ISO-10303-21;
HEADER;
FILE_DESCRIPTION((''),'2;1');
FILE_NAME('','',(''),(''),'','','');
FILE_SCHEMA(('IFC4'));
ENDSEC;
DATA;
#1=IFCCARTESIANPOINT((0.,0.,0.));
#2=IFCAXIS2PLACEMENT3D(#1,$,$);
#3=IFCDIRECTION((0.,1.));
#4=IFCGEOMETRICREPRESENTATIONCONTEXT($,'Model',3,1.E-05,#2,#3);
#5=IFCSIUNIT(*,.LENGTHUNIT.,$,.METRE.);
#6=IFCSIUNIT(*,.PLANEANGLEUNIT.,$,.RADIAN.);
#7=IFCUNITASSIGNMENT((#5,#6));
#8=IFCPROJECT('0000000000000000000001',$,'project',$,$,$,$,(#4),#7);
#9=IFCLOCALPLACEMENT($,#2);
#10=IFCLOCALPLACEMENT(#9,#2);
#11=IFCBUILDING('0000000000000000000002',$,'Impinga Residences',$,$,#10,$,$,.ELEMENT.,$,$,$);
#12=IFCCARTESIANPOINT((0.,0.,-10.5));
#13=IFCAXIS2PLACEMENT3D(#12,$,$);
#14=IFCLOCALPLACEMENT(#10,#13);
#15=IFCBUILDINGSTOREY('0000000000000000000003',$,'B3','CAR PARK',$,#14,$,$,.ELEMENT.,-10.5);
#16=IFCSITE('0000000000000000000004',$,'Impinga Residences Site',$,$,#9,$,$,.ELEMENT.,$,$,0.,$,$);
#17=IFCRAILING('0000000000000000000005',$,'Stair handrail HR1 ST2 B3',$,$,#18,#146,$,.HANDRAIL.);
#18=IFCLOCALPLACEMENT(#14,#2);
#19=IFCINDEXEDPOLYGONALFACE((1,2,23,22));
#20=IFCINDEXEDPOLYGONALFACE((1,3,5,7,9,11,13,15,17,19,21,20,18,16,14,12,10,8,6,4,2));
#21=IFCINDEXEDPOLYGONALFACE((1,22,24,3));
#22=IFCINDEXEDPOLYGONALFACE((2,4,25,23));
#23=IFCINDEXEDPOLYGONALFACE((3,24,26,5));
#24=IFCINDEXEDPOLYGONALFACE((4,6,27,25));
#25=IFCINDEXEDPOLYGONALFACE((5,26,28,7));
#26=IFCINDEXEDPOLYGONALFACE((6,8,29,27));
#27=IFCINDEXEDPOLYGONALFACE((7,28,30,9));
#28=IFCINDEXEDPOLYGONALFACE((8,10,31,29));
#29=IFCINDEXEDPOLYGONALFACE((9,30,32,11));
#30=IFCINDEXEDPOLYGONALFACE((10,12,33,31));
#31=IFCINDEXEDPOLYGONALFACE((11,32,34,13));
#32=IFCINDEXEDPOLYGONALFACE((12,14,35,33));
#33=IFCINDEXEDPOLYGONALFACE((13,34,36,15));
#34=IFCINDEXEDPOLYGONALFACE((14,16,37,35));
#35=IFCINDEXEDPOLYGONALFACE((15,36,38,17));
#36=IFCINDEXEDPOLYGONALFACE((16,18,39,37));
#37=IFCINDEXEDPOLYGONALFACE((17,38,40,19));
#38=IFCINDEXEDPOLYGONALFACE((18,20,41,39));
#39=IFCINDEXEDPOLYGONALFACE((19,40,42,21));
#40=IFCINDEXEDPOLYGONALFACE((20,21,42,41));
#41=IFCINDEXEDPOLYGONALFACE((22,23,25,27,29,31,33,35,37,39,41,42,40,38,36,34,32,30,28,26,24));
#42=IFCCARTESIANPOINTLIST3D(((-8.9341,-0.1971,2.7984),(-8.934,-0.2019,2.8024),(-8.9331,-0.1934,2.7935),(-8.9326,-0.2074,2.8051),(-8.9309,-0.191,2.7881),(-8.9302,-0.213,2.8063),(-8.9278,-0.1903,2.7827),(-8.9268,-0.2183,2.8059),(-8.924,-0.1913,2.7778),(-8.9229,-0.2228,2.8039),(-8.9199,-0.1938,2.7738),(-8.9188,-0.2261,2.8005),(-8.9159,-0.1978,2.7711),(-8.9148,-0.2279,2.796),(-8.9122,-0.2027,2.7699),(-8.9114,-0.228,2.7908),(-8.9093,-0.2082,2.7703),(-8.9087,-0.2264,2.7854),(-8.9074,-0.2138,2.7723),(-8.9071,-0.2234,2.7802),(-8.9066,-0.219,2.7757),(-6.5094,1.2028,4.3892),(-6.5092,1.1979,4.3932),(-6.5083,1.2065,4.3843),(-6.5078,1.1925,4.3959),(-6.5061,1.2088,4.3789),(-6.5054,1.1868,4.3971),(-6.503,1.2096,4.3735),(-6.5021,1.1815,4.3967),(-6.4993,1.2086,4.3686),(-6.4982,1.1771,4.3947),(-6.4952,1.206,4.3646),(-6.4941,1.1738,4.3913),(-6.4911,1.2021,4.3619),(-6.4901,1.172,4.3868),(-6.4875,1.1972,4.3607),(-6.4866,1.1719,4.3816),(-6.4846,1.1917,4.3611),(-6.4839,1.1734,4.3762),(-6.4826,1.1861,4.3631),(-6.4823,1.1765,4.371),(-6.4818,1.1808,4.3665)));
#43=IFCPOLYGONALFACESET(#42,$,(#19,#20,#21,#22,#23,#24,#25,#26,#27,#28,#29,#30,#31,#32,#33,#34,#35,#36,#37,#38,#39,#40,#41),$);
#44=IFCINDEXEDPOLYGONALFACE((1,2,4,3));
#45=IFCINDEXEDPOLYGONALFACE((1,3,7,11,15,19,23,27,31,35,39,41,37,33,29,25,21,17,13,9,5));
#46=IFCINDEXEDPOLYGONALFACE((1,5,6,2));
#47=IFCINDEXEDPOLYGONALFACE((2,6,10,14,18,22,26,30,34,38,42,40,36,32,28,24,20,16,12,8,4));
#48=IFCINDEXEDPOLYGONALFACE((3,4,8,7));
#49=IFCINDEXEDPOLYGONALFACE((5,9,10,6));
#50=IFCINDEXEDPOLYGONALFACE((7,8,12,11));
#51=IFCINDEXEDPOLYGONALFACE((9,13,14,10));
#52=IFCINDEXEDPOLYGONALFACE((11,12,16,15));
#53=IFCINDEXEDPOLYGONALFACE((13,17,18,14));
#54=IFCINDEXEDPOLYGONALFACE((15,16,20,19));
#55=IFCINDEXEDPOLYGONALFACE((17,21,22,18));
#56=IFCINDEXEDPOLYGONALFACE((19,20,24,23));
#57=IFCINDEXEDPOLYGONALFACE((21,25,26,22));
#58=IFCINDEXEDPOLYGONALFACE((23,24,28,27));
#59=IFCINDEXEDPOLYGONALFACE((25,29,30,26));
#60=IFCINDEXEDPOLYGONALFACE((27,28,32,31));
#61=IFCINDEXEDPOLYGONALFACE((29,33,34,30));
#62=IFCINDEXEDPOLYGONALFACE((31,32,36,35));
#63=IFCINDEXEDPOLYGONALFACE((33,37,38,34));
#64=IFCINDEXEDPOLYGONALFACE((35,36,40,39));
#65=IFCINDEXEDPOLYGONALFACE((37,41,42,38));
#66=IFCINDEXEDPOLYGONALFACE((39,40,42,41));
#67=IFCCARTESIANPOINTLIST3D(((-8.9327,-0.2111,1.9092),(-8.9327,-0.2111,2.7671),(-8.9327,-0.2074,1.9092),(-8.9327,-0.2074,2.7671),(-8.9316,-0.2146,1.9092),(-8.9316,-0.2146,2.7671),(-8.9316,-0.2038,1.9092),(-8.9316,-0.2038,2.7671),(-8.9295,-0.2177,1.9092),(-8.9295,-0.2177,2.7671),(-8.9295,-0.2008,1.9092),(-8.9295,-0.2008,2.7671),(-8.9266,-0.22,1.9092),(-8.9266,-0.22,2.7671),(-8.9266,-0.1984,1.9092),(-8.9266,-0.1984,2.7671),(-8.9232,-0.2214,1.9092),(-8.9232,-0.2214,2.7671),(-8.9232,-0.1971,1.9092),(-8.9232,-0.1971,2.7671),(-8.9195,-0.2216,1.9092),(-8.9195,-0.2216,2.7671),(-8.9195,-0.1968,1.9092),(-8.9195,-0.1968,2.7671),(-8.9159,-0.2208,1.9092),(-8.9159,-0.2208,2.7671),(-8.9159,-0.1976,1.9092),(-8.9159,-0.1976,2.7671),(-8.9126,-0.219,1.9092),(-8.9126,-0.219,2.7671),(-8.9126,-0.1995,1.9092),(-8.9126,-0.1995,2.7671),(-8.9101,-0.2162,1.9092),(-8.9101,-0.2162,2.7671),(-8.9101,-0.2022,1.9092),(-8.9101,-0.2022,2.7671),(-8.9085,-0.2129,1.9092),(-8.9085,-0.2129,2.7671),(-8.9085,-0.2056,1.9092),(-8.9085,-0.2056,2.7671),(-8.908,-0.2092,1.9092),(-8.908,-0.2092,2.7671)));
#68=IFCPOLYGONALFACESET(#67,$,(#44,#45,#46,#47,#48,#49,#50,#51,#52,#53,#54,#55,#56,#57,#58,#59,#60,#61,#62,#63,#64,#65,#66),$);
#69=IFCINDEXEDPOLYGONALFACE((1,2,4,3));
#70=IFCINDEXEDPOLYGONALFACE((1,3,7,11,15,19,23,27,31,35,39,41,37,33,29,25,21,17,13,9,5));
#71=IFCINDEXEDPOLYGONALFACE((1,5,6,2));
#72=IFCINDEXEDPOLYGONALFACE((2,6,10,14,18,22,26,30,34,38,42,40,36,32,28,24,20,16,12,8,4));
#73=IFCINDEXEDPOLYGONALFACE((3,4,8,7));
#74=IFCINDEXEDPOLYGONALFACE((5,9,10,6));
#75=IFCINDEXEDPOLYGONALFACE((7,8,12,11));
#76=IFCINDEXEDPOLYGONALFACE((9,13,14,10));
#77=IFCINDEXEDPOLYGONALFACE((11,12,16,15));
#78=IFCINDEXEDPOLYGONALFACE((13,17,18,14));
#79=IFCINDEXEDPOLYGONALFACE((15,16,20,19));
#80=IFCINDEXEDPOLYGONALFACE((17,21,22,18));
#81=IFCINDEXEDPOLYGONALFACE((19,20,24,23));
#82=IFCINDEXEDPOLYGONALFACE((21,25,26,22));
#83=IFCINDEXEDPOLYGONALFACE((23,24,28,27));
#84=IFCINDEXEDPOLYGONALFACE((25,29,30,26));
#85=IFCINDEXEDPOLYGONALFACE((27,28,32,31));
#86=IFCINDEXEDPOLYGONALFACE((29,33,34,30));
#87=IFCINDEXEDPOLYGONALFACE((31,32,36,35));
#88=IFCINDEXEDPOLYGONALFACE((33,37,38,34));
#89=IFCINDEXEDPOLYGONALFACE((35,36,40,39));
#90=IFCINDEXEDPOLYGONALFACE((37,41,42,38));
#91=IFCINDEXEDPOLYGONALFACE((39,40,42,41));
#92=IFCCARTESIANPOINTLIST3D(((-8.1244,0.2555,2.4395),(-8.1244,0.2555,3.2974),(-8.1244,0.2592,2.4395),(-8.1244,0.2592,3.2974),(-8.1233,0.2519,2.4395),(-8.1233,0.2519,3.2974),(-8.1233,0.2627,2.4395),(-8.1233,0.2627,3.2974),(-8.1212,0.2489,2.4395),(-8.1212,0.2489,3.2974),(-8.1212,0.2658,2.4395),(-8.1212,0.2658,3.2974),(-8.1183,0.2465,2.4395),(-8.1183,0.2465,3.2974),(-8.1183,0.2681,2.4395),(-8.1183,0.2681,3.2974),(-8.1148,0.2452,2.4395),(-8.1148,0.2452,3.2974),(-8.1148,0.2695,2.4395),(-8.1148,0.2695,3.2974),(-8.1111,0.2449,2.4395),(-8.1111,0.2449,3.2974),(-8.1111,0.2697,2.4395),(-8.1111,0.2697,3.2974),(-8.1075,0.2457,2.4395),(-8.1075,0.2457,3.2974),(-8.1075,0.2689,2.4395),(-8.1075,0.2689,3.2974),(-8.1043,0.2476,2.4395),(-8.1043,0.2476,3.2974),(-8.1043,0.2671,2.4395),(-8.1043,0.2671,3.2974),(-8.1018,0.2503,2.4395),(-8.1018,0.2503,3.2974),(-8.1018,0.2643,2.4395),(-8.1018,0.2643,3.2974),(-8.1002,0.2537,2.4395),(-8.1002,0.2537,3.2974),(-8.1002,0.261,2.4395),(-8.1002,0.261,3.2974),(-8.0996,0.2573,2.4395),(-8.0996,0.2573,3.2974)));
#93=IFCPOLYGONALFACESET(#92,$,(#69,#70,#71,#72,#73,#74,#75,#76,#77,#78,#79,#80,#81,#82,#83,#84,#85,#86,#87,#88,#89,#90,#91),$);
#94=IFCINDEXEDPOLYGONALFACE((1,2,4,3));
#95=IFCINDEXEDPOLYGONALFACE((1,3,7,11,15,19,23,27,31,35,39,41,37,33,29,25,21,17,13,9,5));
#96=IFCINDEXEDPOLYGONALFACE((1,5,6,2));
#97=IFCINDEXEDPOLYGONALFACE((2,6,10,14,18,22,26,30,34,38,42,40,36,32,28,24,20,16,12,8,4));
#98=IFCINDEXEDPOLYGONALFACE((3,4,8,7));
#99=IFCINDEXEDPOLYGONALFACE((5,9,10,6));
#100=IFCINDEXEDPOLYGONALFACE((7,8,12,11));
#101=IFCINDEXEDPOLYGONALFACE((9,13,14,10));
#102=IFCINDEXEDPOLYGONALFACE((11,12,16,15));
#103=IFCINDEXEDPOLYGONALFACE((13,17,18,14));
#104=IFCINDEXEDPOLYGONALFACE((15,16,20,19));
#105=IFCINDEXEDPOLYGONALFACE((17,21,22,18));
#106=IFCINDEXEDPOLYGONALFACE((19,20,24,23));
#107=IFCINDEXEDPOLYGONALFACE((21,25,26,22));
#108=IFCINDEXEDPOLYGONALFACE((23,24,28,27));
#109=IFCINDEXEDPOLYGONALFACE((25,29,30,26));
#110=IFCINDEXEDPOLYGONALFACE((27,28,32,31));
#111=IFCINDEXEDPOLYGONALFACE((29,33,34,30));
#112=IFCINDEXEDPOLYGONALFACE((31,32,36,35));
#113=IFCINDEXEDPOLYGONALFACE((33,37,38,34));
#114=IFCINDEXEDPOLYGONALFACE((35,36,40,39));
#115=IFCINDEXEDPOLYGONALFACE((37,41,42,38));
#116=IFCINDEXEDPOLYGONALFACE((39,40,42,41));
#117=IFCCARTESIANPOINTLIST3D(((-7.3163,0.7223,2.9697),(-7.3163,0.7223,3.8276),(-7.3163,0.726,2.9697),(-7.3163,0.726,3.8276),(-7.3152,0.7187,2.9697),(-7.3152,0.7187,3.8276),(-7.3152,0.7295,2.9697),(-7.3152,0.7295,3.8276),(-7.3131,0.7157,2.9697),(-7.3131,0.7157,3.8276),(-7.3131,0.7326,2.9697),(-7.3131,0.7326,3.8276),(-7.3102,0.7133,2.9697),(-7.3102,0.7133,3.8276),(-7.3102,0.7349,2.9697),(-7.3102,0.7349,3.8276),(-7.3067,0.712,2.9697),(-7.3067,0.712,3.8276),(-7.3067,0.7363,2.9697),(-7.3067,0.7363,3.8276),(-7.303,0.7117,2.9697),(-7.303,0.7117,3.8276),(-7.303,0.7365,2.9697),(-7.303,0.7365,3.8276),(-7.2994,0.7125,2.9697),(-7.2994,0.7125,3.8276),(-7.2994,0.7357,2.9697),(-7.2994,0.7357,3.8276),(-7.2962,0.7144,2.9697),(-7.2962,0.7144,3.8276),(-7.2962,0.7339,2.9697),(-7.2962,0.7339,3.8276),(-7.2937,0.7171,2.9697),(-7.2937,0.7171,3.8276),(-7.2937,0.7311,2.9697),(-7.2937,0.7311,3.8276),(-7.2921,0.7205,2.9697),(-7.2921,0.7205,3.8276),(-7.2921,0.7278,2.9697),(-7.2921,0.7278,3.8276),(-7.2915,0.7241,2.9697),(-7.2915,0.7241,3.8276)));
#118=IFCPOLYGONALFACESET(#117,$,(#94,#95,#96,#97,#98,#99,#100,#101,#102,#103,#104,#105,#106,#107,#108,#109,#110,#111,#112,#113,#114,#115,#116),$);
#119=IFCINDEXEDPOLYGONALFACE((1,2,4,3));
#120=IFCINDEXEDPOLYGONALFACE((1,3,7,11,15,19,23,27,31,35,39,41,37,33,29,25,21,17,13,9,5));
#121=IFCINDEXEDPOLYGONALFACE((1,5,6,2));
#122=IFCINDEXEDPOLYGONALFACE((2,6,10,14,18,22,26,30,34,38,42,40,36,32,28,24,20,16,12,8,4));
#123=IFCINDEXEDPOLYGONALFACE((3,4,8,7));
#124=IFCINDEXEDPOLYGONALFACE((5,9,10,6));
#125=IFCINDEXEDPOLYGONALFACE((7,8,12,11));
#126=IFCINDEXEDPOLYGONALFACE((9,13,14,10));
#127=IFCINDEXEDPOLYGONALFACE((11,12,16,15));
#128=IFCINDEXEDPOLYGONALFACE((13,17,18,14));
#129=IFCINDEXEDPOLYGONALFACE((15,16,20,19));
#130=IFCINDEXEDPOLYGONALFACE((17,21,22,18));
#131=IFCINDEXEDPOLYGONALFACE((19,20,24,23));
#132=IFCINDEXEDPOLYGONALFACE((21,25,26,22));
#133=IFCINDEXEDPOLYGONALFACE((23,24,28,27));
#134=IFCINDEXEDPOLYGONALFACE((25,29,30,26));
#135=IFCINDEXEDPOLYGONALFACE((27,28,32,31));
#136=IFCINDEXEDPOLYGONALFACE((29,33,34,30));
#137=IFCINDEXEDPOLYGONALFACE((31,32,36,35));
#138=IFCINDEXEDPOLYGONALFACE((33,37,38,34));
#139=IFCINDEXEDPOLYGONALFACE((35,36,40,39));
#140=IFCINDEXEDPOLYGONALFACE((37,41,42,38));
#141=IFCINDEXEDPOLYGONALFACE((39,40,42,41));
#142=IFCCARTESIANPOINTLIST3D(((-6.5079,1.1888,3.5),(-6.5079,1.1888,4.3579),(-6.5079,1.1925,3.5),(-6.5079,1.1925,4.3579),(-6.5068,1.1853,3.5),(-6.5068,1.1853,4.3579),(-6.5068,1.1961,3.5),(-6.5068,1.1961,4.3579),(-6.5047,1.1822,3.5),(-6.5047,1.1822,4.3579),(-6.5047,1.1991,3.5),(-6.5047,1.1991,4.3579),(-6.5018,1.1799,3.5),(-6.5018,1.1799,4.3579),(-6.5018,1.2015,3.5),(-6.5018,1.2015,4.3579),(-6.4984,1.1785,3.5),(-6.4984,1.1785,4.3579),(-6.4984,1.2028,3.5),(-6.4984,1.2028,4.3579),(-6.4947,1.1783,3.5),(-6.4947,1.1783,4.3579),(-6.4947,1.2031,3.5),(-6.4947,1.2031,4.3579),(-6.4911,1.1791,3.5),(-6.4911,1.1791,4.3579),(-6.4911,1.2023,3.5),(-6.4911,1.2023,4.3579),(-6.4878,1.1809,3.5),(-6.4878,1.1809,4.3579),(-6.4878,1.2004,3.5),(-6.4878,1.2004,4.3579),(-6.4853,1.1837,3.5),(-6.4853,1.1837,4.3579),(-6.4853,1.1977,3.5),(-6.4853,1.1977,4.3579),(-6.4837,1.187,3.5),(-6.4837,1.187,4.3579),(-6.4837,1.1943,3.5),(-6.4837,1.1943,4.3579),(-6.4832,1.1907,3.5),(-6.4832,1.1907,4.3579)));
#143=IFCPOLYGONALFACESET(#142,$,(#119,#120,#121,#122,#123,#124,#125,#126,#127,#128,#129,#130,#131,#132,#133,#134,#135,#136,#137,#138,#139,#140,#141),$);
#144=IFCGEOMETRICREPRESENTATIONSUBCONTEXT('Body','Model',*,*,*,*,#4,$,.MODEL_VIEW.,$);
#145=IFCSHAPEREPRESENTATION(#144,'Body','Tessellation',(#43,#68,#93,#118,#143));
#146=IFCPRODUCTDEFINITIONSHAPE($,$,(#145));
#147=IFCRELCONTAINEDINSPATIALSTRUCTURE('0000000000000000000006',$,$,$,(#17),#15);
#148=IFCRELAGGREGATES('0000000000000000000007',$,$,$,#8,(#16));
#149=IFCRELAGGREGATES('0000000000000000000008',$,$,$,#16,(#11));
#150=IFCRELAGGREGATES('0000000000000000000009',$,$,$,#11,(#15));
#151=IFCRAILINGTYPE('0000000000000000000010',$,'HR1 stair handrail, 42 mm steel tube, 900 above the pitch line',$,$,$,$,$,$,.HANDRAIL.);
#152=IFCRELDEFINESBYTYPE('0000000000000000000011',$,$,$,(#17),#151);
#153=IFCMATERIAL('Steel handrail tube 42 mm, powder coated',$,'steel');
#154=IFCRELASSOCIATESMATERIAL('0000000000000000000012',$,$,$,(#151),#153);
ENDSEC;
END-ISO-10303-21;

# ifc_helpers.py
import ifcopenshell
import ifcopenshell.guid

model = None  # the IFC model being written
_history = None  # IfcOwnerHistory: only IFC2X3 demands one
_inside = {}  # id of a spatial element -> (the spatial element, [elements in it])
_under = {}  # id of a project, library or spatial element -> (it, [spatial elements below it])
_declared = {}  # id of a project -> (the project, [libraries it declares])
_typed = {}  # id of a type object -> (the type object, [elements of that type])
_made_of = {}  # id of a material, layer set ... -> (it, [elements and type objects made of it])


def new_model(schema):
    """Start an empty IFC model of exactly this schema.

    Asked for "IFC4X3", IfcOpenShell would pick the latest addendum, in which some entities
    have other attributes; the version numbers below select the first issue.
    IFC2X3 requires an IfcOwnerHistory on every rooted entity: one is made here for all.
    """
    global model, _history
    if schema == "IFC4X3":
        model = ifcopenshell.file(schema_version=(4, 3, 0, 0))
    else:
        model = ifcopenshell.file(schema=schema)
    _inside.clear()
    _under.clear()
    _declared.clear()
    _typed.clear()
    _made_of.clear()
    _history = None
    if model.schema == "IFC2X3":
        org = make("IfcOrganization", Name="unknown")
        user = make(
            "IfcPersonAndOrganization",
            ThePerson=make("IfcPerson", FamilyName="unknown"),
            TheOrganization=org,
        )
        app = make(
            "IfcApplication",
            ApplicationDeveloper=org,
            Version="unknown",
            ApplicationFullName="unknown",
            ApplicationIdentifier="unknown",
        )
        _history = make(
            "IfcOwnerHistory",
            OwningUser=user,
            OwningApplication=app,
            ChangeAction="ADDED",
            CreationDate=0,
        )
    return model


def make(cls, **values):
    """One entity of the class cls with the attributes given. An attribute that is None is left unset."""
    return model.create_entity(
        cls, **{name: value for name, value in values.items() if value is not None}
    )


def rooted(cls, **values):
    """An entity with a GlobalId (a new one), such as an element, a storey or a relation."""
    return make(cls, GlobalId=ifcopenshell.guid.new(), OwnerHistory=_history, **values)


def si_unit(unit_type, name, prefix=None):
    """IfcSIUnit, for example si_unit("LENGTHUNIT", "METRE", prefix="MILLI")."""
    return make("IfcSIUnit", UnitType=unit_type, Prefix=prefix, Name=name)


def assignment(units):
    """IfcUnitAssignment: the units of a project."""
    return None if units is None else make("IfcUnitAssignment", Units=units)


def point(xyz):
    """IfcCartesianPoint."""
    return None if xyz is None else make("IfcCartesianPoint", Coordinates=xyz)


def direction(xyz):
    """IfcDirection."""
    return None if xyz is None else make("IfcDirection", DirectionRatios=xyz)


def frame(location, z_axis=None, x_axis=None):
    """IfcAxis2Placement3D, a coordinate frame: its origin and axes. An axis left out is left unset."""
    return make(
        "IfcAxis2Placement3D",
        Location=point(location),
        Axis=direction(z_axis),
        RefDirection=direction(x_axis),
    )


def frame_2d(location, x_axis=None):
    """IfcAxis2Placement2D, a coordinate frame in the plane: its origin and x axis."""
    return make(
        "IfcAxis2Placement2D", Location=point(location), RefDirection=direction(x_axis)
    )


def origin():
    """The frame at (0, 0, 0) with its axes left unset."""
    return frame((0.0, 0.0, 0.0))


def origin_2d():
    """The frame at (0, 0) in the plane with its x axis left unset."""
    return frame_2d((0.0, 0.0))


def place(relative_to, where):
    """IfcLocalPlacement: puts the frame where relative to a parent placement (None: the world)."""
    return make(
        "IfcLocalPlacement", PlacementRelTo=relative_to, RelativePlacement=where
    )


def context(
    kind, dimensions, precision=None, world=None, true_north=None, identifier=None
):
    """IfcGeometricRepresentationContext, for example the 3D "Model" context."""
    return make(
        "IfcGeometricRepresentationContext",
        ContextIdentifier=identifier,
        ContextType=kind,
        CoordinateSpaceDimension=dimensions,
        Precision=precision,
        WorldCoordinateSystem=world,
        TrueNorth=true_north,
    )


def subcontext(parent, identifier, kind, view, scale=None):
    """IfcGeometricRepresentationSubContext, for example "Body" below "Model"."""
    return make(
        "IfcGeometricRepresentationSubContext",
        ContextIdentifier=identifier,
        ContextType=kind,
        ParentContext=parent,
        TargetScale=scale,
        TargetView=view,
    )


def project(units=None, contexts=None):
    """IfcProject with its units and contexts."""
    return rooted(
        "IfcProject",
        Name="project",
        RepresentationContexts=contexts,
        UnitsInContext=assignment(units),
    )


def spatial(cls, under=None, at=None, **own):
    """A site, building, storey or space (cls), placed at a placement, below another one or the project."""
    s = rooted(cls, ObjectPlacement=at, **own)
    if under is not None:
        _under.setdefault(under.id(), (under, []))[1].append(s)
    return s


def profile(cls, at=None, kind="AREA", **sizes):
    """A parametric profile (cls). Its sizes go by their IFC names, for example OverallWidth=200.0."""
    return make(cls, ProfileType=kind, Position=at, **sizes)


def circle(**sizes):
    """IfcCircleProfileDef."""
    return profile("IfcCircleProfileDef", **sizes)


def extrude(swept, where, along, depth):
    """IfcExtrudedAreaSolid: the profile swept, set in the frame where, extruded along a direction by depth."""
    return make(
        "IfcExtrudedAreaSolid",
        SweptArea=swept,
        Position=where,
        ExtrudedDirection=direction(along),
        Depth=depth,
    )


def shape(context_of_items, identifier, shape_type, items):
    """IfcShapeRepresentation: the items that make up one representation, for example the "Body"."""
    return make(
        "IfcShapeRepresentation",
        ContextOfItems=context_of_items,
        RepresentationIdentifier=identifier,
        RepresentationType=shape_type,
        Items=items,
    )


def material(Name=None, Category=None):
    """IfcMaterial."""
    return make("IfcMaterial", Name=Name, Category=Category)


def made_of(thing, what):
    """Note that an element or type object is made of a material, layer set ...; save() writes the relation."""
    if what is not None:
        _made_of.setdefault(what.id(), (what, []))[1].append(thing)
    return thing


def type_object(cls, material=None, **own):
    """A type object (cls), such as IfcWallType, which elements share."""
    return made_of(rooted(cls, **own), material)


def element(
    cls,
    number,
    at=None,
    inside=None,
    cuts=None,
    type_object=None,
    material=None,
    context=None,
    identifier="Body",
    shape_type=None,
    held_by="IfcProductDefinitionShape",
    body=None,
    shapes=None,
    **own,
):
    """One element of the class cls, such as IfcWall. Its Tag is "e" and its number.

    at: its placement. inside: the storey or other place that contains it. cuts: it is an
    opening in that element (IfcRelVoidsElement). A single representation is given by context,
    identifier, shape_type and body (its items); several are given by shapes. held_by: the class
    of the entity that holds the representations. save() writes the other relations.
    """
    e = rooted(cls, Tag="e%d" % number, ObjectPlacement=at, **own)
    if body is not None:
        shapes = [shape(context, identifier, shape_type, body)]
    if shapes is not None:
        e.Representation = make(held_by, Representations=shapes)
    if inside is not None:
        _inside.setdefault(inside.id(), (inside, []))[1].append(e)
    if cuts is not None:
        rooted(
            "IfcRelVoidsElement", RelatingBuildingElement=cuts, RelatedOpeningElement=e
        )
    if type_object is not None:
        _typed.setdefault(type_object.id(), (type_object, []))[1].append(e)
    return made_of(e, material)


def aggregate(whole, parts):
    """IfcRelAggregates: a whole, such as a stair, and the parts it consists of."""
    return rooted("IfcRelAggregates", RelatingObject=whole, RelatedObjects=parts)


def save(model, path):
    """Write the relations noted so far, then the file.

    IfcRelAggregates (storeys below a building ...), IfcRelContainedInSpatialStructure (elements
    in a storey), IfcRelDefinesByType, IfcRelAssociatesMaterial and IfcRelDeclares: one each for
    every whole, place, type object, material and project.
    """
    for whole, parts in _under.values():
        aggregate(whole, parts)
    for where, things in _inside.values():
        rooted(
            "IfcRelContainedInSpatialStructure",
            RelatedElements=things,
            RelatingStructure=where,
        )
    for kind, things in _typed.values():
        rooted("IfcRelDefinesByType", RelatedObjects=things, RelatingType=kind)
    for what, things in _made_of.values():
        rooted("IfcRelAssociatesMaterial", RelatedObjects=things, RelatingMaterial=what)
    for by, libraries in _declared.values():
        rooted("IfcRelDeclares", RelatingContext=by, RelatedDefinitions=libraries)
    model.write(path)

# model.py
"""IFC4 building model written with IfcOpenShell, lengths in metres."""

from ifc_helpers import new_model, si_unit, direction, frame, origin, origin_2d, place, context, subcontext, project, spatial, circle, extrude, material, type_object, element, save


model = new_model("IFC4")

# Units and contexts
model_context = context("Model", 3, precision=1e-05, world=origin(), true_north=direction((0.0, 1.0)))
body_context = subcontext(model_context, "Body", "Model", "MODEL_VIEW")
ifc_project = project(units=[si_unit("LENGTHUNIT", "METRE"), si_unit("PLANEANGLEUNIT", "RADIAN")], contexts=[model_context])

# Site, building, storey
site_placement = place(None, origin())
site = spatial("IfcSite", under=ifc_project, at=site_placement, Name="Impinga Residences Site", CompositionType="ELEMENT", RefElevation=0.0)
building_placement = place(site_placement, origin())
building = spatial("IfcBuilding", under=site, at=building_placement, Name="Impinga Residences", CompositionType="ELEMENT")
storey_placement = place(building_placement, frame((0.0, 0.0, -10.5)))
storey = spatial("IfcBuildingStorey", under=building, at=storey_placement, Name="B3", Description="CAR PARK", CompositionType="ELEMENT", Elevation=-10.5)

# Railing
ifc_material_1 = material(Name="Steel handrail tube 42 mm, powder coated", Category="steel")
railing_type_1 = type_object("IfcRailingType", Name="HR1 stair handrail, 42 mm steel tube, 900 above the pitch line", PredefinedType="HANDRAIL", material=ifc_material_1)
railing_1_placement = place(storey_placement, frame((-8.9204, -0.2092, 1.9092)))
element("IfcRailing", 1, at=railing_1_placement, inside=storey, type_object=railing_type_1, Name="Stair handrail HR1 ST2 B3", PredefinedType="HANDRAIL", context=body_context, shape_type="SweptSolid", body=[
    extrude(circle(Radius=0.021, at=origin_2d()), frame((0.0, 0.0, 0.8789), z_axis=(0.752983, 0.434716, 0.494003), x_axis=(-0.499984, 0.866035, 0.0)), (0.0, 0.0, 1.0), 3.2202),
    extrude(circle(Radius=0.0125, at=origin_2d()), origin(), (0.0, 0.0, 1.0), 0.8579),
    extrude(circle(Radius=0.0125, at=origin_2d()), frame((0.8083, 0.4666, 0.5303)), (0.0, 0.0, 1.0), 0.8579),
    extrude(circle(Radius=0.0125, at=origin_2d()), frame((1.6165, 0.9333, 1.0605)), (0.0, 0.0, 1.0), 0.8579),
    extrude(circle(Radius=0.0125, at=origin_2d()), frame((2.4248, 1.3999, 1.5908)), (0.0, 0.0, 1.0), 0.8579),
])

save(model, "model.ifc")
